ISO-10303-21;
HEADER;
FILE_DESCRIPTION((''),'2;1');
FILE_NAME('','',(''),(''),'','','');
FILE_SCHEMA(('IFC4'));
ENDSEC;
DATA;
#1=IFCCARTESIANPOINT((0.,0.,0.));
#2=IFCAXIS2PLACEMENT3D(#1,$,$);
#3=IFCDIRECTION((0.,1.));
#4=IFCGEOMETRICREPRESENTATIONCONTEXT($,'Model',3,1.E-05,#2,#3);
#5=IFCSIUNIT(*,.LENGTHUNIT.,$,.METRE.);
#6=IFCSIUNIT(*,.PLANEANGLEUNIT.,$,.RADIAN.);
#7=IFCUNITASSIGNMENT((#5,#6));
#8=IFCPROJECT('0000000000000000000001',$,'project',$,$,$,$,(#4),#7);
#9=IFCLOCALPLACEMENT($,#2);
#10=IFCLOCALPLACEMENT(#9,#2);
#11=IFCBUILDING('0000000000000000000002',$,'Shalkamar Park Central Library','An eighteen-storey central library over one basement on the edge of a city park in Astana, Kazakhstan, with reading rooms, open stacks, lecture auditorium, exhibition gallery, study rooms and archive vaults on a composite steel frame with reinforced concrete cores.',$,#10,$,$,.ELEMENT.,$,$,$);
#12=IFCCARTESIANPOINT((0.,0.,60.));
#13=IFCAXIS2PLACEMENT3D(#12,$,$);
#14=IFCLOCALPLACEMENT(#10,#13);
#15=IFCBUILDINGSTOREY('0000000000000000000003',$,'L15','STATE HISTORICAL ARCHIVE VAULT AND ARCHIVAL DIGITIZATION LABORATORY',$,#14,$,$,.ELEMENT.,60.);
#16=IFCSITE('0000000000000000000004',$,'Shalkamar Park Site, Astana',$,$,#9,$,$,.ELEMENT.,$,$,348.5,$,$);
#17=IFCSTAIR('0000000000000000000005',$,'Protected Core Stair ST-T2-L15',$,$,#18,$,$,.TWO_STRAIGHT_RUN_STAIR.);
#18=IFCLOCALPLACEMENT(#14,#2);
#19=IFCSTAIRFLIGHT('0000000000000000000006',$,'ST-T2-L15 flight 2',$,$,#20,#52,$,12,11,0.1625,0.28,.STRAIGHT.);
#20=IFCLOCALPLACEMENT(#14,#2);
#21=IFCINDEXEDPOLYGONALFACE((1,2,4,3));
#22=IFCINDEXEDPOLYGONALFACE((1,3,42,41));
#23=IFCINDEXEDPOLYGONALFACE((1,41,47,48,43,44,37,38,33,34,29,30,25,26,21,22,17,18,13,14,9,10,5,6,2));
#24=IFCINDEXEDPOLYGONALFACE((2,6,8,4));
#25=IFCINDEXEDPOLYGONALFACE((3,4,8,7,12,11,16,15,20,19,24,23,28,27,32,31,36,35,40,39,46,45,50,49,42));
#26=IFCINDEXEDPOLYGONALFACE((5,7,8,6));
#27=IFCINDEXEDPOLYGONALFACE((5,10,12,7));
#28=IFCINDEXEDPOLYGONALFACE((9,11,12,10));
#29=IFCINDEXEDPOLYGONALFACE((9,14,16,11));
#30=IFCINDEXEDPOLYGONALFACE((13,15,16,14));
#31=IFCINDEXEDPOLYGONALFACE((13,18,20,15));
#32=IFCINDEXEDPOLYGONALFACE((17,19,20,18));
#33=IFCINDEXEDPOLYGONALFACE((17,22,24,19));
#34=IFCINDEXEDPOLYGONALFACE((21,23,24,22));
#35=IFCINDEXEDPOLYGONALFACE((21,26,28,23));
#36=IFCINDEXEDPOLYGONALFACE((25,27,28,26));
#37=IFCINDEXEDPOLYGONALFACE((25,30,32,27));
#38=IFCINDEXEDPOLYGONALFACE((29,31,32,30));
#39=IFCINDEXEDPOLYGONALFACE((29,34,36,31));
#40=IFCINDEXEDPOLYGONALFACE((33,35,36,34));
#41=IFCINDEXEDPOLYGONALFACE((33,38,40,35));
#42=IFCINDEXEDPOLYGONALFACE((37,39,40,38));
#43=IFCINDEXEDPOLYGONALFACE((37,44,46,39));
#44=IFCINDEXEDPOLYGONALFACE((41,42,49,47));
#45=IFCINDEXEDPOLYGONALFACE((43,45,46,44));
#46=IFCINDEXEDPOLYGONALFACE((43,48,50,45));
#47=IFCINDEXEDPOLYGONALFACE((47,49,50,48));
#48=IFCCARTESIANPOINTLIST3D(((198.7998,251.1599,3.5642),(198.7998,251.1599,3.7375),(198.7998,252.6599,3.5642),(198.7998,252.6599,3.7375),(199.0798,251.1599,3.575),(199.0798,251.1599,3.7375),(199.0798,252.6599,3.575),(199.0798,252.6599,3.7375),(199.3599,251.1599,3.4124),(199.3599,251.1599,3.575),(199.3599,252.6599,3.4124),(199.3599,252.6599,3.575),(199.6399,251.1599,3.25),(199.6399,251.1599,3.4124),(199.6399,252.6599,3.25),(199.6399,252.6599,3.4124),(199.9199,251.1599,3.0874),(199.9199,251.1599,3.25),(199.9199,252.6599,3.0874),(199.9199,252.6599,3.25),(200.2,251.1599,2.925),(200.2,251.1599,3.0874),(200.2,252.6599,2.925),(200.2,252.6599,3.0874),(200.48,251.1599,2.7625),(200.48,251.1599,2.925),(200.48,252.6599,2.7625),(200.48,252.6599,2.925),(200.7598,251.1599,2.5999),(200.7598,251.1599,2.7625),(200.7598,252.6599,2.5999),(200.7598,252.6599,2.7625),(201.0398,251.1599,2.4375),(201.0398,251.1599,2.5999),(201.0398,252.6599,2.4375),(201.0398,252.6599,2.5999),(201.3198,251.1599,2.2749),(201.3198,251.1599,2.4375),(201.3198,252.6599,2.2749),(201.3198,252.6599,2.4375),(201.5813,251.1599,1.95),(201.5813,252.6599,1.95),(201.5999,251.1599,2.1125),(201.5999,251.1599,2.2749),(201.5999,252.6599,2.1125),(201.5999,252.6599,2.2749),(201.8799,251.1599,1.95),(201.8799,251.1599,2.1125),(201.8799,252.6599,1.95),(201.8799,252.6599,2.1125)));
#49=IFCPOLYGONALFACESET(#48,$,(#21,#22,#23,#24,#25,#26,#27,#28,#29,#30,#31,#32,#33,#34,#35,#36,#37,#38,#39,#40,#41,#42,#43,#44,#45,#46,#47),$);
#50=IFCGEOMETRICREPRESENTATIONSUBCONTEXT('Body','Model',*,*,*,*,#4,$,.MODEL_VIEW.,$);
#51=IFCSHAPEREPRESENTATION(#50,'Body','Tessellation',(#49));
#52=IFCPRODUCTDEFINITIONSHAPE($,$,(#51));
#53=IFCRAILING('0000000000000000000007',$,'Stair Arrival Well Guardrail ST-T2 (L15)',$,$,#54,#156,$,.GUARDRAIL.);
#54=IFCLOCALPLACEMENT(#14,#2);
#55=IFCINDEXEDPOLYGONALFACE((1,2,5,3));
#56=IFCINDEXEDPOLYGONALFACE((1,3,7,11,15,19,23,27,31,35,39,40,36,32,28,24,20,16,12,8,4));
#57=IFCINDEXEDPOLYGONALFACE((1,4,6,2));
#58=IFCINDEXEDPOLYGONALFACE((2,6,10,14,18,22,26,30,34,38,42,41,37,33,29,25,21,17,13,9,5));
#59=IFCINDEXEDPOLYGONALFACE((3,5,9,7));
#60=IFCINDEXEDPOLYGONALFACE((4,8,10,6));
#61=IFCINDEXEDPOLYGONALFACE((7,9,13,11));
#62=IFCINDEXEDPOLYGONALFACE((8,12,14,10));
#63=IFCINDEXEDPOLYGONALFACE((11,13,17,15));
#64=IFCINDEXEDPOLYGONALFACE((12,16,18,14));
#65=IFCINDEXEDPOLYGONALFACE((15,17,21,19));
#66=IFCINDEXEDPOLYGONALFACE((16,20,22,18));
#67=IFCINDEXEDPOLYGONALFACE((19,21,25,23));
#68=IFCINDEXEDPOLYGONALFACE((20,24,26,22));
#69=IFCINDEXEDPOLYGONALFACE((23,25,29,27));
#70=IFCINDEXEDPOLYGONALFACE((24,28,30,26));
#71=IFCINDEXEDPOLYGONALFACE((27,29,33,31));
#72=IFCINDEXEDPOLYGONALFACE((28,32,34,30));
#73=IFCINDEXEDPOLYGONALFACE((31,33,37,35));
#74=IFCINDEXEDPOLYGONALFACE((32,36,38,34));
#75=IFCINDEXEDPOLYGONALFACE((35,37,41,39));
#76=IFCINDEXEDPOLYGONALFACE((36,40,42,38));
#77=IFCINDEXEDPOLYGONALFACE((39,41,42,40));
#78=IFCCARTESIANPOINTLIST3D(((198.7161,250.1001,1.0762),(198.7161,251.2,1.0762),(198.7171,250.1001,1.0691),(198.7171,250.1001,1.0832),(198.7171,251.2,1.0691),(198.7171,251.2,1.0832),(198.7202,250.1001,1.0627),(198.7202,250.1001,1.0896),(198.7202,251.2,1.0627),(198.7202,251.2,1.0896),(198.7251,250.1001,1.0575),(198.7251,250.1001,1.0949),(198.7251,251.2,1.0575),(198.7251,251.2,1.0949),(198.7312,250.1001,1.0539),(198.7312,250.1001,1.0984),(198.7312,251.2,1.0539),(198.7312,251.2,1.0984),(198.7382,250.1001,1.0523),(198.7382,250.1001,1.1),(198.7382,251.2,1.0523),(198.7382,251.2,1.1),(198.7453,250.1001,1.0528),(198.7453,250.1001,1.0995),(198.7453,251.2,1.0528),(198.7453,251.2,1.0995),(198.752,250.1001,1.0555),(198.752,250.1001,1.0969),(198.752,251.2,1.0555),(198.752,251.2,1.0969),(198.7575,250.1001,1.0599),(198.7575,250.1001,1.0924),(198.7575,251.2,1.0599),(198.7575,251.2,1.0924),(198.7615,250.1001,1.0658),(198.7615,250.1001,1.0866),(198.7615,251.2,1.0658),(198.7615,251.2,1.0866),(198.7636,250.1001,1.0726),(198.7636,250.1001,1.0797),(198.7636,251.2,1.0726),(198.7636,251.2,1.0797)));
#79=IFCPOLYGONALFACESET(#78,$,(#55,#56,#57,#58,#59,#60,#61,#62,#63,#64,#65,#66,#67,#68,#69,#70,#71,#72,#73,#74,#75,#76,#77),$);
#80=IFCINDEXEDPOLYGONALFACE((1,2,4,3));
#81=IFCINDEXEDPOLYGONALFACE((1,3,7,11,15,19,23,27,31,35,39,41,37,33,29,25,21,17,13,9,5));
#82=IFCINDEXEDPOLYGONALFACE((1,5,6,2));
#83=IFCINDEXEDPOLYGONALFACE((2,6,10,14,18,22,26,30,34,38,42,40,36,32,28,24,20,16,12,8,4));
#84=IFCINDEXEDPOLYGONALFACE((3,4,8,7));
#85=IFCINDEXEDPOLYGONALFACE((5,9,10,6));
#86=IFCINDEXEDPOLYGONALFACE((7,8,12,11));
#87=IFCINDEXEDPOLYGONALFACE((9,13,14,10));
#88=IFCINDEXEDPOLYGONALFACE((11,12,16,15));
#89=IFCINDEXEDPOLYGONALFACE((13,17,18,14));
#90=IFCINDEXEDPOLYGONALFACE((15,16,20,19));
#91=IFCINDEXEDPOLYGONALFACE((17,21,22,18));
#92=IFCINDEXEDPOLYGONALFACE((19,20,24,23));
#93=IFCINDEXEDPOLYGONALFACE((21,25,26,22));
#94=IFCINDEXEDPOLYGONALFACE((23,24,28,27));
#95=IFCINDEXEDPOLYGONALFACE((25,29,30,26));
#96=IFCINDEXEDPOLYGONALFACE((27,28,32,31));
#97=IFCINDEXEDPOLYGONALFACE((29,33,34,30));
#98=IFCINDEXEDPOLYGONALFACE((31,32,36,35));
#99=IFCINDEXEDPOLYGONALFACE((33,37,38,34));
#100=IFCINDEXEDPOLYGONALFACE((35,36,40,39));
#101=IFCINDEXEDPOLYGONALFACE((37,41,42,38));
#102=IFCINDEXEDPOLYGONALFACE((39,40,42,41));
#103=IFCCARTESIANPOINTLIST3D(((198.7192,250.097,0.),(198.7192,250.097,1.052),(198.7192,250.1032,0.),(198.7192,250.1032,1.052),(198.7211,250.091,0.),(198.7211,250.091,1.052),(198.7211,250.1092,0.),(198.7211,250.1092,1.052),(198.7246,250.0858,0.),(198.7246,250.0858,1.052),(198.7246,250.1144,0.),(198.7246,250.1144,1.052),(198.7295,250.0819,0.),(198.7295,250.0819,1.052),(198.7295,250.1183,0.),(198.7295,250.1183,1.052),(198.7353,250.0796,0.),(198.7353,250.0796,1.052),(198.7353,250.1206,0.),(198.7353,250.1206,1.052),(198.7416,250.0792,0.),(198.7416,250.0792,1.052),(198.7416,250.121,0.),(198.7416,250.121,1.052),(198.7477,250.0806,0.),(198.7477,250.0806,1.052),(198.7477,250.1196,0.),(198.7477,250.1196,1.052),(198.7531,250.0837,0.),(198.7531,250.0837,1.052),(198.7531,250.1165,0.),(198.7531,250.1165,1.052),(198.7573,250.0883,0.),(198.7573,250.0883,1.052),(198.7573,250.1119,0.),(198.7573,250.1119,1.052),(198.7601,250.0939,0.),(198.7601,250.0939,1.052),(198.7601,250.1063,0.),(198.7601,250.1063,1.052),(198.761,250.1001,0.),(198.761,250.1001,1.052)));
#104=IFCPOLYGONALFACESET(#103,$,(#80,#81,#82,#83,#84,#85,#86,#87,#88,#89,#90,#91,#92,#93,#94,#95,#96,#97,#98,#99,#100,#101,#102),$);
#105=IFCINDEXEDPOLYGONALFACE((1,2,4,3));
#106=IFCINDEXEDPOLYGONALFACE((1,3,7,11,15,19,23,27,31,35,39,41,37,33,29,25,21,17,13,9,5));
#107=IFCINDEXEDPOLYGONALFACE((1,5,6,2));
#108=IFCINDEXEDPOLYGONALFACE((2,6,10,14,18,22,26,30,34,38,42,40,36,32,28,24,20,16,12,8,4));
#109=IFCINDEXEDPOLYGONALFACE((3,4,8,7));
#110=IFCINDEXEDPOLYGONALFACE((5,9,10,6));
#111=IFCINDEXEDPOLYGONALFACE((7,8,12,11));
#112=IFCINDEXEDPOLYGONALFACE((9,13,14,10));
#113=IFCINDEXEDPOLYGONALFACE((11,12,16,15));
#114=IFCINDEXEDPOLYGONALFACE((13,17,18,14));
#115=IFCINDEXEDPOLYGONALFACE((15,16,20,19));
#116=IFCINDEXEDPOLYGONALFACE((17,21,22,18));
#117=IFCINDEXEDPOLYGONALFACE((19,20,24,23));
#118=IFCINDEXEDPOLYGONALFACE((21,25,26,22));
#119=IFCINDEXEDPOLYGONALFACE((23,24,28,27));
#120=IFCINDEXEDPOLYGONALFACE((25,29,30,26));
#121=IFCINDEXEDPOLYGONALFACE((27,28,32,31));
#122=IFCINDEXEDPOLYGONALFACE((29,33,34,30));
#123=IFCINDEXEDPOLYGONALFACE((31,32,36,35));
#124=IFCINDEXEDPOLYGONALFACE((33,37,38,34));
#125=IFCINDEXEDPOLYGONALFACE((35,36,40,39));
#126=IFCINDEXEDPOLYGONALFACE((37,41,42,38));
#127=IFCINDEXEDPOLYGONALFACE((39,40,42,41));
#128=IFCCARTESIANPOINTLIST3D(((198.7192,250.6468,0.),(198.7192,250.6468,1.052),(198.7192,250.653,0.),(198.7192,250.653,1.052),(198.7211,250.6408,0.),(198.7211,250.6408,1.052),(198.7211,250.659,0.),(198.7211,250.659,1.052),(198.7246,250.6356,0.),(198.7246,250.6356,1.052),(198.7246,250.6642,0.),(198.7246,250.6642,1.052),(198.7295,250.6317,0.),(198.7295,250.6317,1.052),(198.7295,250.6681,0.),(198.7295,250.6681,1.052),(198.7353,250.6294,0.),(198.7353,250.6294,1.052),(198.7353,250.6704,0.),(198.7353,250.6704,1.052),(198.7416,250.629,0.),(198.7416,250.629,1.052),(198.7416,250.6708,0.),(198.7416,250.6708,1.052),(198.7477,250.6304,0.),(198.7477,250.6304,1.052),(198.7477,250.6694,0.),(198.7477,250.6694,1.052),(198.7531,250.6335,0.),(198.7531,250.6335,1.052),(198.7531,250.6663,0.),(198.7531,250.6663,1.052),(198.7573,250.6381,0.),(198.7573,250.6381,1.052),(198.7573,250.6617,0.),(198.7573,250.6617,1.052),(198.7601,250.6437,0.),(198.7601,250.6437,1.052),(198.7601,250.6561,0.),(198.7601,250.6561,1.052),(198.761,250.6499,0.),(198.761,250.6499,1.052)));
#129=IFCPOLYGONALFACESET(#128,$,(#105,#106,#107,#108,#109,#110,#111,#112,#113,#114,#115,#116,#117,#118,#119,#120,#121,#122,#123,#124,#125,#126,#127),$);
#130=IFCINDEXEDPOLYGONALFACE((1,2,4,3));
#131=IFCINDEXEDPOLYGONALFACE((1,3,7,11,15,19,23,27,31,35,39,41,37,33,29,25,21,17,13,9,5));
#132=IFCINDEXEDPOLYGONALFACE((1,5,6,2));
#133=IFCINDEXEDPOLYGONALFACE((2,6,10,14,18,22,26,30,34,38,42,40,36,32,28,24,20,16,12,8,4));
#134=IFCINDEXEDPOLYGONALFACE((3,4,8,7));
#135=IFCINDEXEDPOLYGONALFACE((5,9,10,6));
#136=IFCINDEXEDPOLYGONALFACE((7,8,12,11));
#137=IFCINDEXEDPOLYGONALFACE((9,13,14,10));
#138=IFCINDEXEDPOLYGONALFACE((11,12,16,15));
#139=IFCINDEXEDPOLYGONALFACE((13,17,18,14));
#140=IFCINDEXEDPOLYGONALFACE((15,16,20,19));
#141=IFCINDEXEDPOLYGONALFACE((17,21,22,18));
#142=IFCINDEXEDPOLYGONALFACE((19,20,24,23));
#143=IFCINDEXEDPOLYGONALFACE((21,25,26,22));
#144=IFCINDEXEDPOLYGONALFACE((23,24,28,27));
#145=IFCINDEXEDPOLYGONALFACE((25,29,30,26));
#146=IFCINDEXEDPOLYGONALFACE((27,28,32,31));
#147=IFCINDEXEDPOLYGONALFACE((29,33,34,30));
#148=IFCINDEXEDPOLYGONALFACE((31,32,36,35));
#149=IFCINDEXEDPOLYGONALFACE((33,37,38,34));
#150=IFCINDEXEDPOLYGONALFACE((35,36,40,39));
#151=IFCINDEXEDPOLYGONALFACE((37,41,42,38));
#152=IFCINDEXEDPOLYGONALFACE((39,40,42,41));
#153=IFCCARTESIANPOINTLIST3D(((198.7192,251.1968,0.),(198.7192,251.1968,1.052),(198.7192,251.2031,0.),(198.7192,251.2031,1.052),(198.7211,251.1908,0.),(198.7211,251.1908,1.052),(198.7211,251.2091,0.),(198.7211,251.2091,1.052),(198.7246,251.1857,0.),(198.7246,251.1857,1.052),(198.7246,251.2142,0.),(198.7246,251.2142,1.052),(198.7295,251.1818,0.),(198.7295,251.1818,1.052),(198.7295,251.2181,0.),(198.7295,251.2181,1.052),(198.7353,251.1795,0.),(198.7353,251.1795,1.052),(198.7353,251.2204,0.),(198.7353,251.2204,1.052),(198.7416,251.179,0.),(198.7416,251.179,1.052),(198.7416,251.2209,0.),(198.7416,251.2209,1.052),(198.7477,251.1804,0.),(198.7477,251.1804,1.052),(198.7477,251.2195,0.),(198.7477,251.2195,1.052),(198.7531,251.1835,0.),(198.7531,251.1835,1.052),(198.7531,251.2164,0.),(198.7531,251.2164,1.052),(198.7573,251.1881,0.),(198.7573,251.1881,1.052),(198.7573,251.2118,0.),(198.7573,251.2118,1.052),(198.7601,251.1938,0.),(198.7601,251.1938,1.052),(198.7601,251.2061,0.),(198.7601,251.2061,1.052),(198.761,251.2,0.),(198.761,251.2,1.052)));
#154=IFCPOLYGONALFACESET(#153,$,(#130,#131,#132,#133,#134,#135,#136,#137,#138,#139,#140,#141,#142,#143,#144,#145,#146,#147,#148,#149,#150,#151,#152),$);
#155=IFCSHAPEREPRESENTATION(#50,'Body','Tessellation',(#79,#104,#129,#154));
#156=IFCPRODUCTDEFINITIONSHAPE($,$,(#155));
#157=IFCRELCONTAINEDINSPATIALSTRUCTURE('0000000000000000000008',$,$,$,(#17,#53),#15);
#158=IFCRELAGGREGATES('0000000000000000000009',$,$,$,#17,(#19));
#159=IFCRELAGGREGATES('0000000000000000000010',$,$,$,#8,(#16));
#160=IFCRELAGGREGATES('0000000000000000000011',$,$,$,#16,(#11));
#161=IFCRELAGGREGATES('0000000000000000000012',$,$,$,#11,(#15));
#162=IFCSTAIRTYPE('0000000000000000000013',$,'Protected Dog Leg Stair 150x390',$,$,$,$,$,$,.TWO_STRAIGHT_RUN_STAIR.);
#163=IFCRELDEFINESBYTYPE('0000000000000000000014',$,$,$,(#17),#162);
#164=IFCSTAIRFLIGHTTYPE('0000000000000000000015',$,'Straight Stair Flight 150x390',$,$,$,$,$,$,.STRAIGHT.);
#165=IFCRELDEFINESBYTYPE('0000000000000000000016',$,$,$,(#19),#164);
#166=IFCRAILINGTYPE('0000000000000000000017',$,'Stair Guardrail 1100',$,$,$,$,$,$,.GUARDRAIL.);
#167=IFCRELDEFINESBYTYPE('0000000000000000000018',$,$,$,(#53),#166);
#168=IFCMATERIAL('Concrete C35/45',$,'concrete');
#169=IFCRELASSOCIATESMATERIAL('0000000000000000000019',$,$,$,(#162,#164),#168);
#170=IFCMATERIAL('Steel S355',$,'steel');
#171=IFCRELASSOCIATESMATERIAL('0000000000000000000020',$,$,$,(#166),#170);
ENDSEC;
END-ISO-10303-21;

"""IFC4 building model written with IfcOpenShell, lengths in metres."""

from ifc_helpers import new_model, si_unit, direction, frame, origin, origin_2d, place, context, subcontext, project, spatial, polyline, circle, outline, extrude, material, type_object, element, aggregate, save


model = new_model("IFC4")

# Units and contexts
model_context = context("Model", 3, precision=1e-05, world=origin(), true_north=direction((0.0, 1.0)))
body_context = subcontext(model_context, "Body", "Model", "MODEL_VIEW")
ifc_project = project(units=[si_unit("LENGTHUNIT", "METRE"), si_unit("PLANEANGLEUNIT", "RADIAN")], contexts=[model_context])

# Site, building, storey
site_placement = place(None, origin())
site = spatial("IfcSite", under=ifc_project, at=site_placement, Name="Shalkamar Park Site, Astana", CompositionType="ELEMENT", RefElevation=348.5)
building_placement = place(site_placement, origin())
building = spatial("IfcBuilding", under=site, at=building_placement, Name="Shalkamar Park Central Library", Description="An eighteen-storey central library over one basement on the edge of a city park in Astana, Kazakhstan, with reading rooms, open stacks, lecture auditorium, exhibition gallery, study rooms and archive vaults on a composite steel frame with reinforced concrete cores.", CompositionType="ELEMENT")
storey_placement = place(building_placement, frame((0.0, 0.0, 60.0)))
storey = spatial("IfcBuildingStorey", under=building, at=storey_placement, Name="L15", Description="STATE HISTORICAL ARCHIVE VAULT AND ARCHIVAL DIGITIZATION LABORATORY", CompositionType="ELEMENT", Elevation=60.0)

# Shared definitions
ifc_material_1 = material(Name="Steel S355", Category="steel")

# Stair, stair flight
ifc_material_2 = material(Name="Concrete C35/45", Category="concrete")
stair_type = type_object("IfcStairType", Name="Protected Dog Leg Stair 150x390", PredefinedType="TWO_STRAIGHT_RUN_STAIR", material=ifc_material_2)
stair_placement = place(storey_placement, origin())
stair = element("IfcStair", 1, at=stair_placement, inside=storey, type_object=stair_type, Name="Protected Core Stair ST-T2-L15", PredefinedType="TWO_STRAIGHT_RUN_STAIR")
stair_flight_type = type_object("IfcStairFlightType", Name="Straight Stair Flight 150x390", PredefinedType="STRAIGHT", material=ifc_material_2)
stair_flight_1_placement = place(storey_placement, frame((201.8799, 251.9099, 1.95), z_axis=(0.0, 0.0, 1.0), x_axis=(-1.0, 0.0, 0.0)))
stair_flight_1 = element("IfcStairFlight", 2, at=stair_flight_1_placement, type_object=stair_flight_type, Name="ST-T2-L15 flight 2", NumberOfRisers=12, NumberOfTreads=11, PredefinedType="STRAIGHT", RiserHeight=0.1625, TreadLength=0.28, context=body_context, shape_type="SweptSolid", body=[
    extrude(outline(polyline([(0.0, 0.0), (0.0, 0.1626), (0.28, 0.1626), (0.28, 0.325), (0.5601, 0.325), (0.5601, 0.4875), (0.8401, 0.4875), (0.8401, 0.6499), (1.1201, 0.6499), (1.1201, 0.8125), (1.3999, 0.8125), (1.3999, 0.9751), (1.6799, 0.9751), (1.6799, 1.1375), (1.96, 1.1375), (1.96, 1.3), (2.24, 1.3), (2.24, 1.4624), (2.52, 1.4624), (2.52, 1.625), (2.8, 1.625), (2.8, 1.7876), (3.0801, 1.7876), (3.0801, 1.95), (3.0801, 1.6143), (0.2986, 0.0), (0.0, 0.0)])), frame((0.0, 0.75, 0.0), z_axis=(0.0, -1.0, 0.0), x_axis=(1.0, 0.0, 0.0)), (0.0, 0.0, 1.0), 1.5),
])
aggregate(stair, [stair_flight_1])

# Railing
railing_type_1 = type_object("IfcRailingType", Name="Stair Guardrail 1100", PredefinedType="GUARDRAIL", material=ifc_material_1)
railing_1_placement = place(storey_placement, frame((198.74, 250.1001, 0.0)))
element("IfcRailing", 3, at=railing_1_placement, inside=storey, type_object=railing_type_1, Name="Stair Arrival Well Guardrail ST-T2 (L15)", PredefinedType="GUARDRAIL", context=body_context, shape_type="SweptSolid", body=[
    extrude(circle(Radius=0.0239, at=origin_2d()), frame((0.0, 0.0, 1.0762), z_axis=(0.0, 1.0, 0.0), x_axis=(-1.0, 0.0, 0.0)), (0.0, 0.0, 1.0), 1.0999),
    extrude(circle(Radius=0.021, at=origin_2d()), origin(), (0.0, 0.0, 1.0), 1.052),
    extrude(circle(Radius=0.021, at=origin_2d()), frame((0.0, 0.5498, 0.0)), (0.0, 0.0, 1.0), 1.052),
    extrude(circle(Radius=0.021, at=origin_2d()), frame((0.0, 1.0999, 0.0)), (0.0, 0.0, 1.0), 1.052),
])

save(model, "model.ifc")
